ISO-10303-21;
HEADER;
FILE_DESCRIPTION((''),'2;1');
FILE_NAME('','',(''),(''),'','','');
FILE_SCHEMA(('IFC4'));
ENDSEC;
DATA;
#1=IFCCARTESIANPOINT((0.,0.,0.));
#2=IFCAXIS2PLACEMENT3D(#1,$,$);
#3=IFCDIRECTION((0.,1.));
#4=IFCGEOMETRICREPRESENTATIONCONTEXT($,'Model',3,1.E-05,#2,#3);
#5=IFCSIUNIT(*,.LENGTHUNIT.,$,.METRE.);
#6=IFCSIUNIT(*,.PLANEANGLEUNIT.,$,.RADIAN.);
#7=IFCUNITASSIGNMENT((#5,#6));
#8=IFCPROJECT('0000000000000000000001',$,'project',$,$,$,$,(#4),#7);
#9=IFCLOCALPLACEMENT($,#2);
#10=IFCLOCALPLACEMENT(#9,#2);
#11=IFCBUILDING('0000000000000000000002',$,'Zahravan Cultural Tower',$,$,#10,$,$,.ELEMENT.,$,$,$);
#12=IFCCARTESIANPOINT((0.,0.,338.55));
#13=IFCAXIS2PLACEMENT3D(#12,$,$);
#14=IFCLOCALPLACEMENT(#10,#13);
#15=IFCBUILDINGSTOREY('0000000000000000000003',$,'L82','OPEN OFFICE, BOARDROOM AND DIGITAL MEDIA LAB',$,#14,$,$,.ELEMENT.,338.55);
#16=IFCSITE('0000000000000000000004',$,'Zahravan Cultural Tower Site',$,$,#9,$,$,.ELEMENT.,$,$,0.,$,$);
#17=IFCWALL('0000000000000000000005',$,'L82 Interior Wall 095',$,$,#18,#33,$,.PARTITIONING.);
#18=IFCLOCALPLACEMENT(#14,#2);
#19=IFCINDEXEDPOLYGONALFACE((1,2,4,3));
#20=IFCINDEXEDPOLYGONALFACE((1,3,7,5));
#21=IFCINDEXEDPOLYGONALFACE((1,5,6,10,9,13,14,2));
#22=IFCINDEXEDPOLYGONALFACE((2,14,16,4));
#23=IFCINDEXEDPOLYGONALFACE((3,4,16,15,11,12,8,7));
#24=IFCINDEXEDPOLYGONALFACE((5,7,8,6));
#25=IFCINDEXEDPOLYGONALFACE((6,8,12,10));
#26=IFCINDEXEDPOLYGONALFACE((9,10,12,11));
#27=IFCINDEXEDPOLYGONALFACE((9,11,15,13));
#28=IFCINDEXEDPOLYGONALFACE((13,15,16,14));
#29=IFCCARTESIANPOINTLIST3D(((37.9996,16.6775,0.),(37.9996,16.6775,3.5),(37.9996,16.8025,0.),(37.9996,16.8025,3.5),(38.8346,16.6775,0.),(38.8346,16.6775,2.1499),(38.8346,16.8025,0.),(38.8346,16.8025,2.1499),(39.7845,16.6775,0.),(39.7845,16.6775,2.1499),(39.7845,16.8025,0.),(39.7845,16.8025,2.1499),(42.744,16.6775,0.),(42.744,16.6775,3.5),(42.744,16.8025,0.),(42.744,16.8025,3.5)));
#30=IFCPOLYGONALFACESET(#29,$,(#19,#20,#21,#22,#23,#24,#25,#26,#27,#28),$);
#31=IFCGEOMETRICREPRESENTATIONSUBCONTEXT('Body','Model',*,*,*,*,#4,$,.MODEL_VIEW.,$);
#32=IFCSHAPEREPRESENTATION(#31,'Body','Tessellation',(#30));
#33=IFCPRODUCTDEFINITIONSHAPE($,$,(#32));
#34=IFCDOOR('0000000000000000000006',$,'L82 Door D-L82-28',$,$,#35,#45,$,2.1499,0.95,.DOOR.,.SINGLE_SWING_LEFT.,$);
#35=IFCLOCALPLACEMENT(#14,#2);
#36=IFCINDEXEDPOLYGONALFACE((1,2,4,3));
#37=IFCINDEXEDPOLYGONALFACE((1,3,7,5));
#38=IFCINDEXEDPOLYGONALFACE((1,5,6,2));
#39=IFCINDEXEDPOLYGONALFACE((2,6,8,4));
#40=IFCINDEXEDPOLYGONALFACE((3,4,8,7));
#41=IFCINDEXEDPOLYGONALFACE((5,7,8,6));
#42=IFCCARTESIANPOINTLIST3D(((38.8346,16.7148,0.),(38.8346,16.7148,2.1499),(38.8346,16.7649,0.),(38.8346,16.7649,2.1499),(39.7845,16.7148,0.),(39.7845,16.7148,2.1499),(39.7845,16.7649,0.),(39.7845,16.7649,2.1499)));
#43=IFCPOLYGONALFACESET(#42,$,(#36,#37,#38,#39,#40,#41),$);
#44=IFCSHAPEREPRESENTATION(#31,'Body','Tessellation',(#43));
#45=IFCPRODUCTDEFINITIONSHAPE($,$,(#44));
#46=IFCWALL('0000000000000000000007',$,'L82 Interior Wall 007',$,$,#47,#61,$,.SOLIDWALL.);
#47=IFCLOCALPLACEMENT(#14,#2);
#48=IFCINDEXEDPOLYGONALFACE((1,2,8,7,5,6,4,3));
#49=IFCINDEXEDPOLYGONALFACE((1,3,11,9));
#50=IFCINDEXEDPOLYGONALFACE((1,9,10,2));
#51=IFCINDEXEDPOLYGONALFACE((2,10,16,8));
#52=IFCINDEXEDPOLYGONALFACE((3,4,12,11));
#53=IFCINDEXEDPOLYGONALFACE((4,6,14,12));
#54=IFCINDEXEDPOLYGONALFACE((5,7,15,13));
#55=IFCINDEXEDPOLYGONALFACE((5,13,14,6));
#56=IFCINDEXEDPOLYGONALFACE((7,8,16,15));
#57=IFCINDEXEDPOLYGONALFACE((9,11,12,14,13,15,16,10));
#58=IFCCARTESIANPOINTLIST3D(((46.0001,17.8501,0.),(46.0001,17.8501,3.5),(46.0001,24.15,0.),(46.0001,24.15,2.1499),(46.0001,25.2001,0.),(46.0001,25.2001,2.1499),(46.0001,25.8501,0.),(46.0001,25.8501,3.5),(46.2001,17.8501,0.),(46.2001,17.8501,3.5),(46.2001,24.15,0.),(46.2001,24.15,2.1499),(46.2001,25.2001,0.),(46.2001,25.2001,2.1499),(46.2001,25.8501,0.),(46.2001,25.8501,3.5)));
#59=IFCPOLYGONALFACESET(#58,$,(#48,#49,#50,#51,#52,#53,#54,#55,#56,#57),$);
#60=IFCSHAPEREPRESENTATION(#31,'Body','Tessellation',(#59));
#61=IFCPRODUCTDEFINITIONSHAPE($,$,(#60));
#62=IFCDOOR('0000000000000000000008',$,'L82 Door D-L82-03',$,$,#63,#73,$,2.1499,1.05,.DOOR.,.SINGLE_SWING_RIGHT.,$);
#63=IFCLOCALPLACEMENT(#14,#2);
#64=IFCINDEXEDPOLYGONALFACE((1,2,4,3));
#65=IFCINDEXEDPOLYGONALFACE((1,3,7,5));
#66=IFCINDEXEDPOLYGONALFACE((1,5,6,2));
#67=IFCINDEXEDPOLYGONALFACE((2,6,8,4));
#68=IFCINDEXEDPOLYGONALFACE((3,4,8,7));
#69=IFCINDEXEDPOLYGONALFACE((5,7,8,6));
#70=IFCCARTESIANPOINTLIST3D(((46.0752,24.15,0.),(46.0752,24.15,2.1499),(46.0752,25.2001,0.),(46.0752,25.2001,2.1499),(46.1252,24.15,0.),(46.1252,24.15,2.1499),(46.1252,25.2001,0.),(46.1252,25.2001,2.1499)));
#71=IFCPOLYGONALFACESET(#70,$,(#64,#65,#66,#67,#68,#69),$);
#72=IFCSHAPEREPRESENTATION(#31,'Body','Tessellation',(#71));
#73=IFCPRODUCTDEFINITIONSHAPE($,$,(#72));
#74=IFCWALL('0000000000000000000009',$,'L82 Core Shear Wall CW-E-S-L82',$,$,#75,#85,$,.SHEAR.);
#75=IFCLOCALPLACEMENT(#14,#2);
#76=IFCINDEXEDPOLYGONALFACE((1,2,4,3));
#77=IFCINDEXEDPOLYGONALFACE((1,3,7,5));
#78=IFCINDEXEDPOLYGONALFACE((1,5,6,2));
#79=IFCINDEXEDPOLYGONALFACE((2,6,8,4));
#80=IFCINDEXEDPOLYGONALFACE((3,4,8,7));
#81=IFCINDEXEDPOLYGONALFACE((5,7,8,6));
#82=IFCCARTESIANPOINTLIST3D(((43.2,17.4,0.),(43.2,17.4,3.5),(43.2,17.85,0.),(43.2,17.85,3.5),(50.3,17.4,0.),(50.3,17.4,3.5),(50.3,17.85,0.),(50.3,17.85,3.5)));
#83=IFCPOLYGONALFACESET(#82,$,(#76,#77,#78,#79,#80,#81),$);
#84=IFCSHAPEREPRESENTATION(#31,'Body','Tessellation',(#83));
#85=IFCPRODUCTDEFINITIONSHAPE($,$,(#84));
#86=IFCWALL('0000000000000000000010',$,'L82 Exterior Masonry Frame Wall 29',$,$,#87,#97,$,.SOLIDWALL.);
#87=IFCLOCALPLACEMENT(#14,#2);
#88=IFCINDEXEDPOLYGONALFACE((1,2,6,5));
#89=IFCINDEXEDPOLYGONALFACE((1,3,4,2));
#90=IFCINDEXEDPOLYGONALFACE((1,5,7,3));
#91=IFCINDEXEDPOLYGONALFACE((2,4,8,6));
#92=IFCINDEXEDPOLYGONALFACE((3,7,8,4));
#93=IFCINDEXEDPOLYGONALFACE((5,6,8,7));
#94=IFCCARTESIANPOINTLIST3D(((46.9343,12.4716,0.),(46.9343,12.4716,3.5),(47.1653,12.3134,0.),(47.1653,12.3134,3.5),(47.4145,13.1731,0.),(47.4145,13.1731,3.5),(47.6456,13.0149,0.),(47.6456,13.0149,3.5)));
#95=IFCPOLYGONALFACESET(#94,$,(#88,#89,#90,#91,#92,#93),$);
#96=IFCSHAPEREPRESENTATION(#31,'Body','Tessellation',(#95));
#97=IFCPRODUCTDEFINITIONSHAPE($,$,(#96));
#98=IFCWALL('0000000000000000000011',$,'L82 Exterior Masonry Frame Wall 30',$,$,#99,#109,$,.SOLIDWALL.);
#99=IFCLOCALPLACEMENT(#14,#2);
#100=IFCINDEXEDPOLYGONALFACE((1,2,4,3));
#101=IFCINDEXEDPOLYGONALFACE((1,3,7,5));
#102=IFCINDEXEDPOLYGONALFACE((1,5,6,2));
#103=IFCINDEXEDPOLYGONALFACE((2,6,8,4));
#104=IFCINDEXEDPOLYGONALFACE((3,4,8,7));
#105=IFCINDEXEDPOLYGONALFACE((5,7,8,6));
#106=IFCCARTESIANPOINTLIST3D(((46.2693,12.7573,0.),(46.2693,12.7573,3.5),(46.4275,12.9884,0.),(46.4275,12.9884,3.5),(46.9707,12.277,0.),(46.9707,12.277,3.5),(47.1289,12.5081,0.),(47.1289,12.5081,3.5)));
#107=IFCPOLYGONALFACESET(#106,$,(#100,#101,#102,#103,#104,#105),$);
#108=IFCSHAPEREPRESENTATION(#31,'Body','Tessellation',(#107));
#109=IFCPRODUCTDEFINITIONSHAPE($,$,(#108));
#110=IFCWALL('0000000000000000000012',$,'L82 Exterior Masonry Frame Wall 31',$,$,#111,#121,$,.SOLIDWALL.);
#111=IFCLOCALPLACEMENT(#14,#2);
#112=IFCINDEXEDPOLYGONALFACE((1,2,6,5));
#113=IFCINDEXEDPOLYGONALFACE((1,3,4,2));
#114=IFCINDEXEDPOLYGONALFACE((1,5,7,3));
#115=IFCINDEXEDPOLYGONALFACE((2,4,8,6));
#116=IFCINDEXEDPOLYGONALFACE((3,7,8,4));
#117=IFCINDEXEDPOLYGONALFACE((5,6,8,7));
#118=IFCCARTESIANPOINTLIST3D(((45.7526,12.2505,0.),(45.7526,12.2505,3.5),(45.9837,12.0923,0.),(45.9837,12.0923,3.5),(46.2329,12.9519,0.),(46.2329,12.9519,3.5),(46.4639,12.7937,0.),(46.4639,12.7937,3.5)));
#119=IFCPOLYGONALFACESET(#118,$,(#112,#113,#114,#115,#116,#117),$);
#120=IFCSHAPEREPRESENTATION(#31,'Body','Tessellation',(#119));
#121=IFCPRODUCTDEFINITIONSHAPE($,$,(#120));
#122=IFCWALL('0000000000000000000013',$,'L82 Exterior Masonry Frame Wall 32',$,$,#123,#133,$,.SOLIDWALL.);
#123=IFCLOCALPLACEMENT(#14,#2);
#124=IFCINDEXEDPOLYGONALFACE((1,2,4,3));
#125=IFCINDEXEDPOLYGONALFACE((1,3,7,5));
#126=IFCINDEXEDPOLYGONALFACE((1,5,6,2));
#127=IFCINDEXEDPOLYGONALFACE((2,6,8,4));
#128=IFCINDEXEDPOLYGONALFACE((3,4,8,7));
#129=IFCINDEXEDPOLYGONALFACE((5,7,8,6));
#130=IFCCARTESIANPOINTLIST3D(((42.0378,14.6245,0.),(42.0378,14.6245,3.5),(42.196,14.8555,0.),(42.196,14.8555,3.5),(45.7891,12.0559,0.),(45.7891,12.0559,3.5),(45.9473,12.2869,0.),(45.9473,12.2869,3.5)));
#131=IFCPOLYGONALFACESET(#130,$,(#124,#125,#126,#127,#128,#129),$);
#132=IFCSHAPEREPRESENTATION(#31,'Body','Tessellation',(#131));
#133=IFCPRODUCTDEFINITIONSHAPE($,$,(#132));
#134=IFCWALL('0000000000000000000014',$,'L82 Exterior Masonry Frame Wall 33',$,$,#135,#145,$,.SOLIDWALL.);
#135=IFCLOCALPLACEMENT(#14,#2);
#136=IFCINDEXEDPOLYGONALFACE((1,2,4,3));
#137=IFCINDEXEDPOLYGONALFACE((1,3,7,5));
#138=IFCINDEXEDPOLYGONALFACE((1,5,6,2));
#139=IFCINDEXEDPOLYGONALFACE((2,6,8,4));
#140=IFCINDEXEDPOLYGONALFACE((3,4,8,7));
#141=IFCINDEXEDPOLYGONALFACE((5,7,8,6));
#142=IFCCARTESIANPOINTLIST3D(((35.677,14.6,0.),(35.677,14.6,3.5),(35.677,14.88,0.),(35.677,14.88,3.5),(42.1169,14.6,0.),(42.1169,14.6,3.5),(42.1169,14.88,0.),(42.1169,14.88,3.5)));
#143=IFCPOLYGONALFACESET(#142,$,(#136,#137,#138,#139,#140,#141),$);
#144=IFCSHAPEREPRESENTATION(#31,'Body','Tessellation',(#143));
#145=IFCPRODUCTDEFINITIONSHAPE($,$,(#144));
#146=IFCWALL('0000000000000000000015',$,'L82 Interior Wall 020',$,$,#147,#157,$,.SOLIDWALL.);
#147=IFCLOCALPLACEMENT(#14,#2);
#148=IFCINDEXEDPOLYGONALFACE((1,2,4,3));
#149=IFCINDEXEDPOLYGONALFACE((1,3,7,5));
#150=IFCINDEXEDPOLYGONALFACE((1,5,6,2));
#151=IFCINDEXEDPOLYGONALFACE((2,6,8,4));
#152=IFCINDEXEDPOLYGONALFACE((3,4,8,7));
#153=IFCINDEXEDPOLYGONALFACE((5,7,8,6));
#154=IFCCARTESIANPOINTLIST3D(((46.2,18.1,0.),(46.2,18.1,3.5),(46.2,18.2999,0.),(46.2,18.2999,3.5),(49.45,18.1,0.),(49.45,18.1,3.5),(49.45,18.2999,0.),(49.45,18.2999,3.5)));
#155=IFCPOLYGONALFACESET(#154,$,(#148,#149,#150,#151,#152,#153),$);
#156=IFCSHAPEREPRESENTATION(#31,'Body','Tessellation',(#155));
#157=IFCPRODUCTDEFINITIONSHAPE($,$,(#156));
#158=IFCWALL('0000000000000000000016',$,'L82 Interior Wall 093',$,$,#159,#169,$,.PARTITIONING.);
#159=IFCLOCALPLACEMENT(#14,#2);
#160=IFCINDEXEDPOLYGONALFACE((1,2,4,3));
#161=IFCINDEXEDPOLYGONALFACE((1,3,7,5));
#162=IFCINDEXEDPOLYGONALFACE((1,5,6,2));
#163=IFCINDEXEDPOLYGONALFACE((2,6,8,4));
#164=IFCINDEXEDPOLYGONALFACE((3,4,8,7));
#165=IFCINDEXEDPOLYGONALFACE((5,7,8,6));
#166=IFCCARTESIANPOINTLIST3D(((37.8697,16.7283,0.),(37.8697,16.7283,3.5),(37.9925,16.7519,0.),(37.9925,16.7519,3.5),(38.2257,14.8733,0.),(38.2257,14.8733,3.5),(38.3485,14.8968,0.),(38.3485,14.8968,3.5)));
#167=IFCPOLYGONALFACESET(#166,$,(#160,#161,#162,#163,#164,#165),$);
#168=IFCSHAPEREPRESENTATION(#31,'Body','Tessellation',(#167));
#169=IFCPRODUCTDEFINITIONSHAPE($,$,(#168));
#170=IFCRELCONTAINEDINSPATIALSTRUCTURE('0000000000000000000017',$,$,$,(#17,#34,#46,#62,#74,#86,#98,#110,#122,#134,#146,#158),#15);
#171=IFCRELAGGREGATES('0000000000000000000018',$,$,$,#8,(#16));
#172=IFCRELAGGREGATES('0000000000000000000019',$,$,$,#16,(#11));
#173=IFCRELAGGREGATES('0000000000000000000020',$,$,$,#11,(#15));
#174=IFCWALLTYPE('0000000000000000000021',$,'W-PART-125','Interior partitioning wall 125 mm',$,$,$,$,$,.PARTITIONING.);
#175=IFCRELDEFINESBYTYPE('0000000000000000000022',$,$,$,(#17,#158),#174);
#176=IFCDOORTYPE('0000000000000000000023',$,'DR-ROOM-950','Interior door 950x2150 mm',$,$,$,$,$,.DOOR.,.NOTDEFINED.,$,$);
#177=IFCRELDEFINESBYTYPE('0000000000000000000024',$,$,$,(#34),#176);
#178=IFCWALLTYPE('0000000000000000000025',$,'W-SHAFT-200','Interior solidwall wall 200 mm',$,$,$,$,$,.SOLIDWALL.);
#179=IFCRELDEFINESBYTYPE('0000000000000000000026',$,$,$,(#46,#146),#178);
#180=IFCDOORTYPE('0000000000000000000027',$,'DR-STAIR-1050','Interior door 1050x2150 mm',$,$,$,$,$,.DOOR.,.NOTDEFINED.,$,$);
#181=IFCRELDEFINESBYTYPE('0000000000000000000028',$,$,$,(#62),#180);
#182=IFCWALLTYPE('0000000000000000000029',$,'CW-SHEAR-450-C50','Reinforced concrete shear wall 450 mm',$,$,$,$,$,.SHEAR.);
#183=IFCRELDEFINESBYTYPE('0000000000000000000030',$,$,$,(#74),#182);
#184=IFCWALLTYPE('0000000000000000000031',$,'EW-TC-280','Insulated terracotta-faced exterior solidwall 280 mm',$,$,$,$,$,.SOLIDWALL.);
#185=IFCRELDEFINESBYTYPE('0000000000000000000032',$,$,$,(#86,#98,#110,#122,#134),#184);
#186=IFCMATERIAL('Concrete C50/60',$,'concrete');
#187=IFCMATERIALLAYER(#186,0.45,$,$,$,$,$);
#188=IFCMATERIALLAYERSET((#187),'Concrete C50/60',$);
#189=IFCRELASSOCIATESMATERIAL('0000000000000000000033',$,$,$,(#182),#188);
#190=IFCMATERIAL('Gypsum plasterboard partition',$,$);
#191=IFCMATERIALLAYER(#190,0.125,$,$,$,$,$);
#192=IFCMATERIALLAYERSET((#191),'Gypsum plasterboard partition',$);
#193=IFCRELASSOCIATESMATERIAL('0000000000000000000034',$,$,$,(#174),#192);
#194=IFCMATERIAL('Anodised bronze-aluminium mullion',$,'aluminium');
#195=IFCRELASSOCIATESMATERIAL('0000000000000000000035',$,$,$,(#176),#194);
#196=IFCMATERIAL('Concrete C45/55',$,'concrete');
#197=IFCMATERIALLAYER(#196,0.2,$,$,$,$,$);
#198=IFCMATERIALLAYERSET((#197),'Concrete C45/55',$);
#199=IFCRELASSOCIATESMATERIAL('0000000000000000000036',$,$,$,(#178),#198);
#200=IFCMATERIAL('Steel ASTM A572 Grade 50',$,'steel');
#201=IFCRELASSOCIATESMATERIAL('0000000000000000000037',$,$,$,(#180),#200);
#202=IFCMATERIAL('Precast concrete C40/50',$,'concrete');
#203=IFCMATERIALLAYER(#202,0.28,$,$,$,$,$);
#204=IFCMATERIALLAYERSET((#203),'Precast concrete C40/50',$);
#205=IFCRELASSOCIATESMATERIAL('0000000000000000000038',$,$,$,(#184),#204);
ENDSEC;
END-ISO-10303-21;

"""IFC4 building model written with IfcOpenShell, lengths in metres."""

from ifc_helpers import new_model, si_unit, direction, frame, frame_2d, origin, place, context, subcontext, project, spatial, rectangle, extrude, source, transform, mapped, material, layer, layer_set, type_object, element, fill, save


model = new_model("IFC4")

# Units and contexts
model_context = context("Model", 3, precision=1e-05, world=origin(), true_north=direction((0.0, 1.0)))
body_context = subcontext(model_context, "Body", "Model", "MODEL_VIEW")
ifc_project = project(units=[si_unit("LENGTHUNIT", "METRE"), si_unit("PLANEANGLEUNIT", "RADIAN")], contexts=[model_context])

# Site, building, storey
site_placement = place(None, origin())
site = spatial("IfcSite", under=ifc_project, at=site_placement, Name="Zahravan Cultural Tower Site", CompositionType="ELEMENT", RefElevation=0.0)
building_placement = place(site_placement, origin())
building = spatial("IfcBuilding", under=site, at=building_placement, Name="Zahravan Cultural Tower", CompositionType="ELEMENT")
storey_placement = place(building_placement, frame((0.0, 0.0, 338.55)))
storey = spatial("IfcBuildingStorey", under=building, at=storey_placement, Name="L82", Description="OPEN OFFICE, BOARDROOM AND DIGITAL MEDIA LAB", CompositionType="ELEMENT", Elevation=338.55)

# Shared definitions
ifc_material_1 = material(Name="Concrete C50/60", Category="concrete")

# Shared definitions
ifc_layer_1 = layer(ifc_material_1, 0.45)
ifc_layer_set_1 = layer_set([ifc_layer_1], Name="Concrete C50/60")
wall_type_1 = type_object("IfcWallType", Name="CW-SHEAR-450-C50", Description="Reinforced concrete shear wall 450 mm", PredefinedType="SHEAR", material=ifc_layer_set_1)
ifc_material_2 = material(Name="Steel ASTM A572 Grade 50", Category="steel")

# Walls, openings, doors
ifc_material_3 = material(Name="Gypsum plasterboard partition")
ifc_layer_2 = layer(ifc_material_3, 0.125)
ifc_layer_set_2 = layer_set([ifc_layer_2], Name="Gypsum plasterboard partition")
wall_type_2 = type_object("IfcWallType", Name="W-PART-125", Description="Interior partitioning wall 125 mm", PredefinedType="PARTITIONING", material=ifc_layer_set_2)
wall_1_placement = place(storey_placement, frame((37.9998, 16.74, 0.0), z_axis=(0.0, 0.0, 1.0), x_axis=(1.0, 0.0, 0.0)))
wall_1 = element("IfcWall", 1, at=wall_1_placement, inside=storey, type_object=wall_type_2, Name="L82 Interior Wall 095", PredefinedType="PARTITIONING", context=body_context, shape_type="SweptSolid", body=[
    extrude(rectangle(XDim=4.7444, YDim=0.125, at=frame_2d((2.3721, 0.0))), origin(), (0.0, 0.0, 1.0), 3.5),
])
opening_1_placement = place(wall_1_placement, frame((0.8347, 0.0, 0.0)))
opening_1 = element("IfcOpeningElement", 2, at=opening_1_placement, cuts=wall_1, PredefinedType="OPENING", context=body_context, shape_type="SweptSolid", body=[
    extrude(rectangle(XDim=0.95, YDim=2.1499, at=frame_2d((0.4751, 1.075))), frame((0.0, 0.0725, 0.0), z_axis=(0.0, -1.0, 0.0), x_axis=(1.0, 0.0, 0.0)), (0.0, 0.0, 1.0), 0.145),
])
ifc_material_4 = material(Name="Anodised bronze-aluminium mullion", Category="aluminium")
door_type_1 = type_object("IfcDoorType", Name="DR-ROOM-950", Description="Interior door 950x2150 mm", OperationType="NOTDEFINED", PredefinedType="DOOR", material=ifc_material_4)
shared_shape_1 = source(origin(), body_context, "Body", "SweptSolid", [
    extrude(rectangle(XDim=0.95, YDim=2.1499, at=frame_2d((0.4751, 1.075))), frame((0.0, 0.0249, 0.0), z_axis=(0.0, -1.0, 0.0), x_axis=(1.0, 0.0, 0.0)), (0.0, 0.0, 1.0), 0.05),
])
door_1_placement = place(opening_1_placement, origin())
door_1 = element("IfcDoor", 3, at=door_1_placement, inside=storey, type_object=door_type_1, Name="L82 Door D-L82-28", OperationType="SINGLE_SWING_LEFT", OverallHeight=2.1499, OverallWidth=0.95, PredefinedType="DOOR", context=body_context, shape_type="MappedRepresentation", body=[
    mapped(shared_shape_1, transform((0.0, 0.0, 0.0), x_axis=(1.0, 0.0, 0.0), y_axis=(0.0, 1.0, 0.0), z_axis=(0.0, 0.0, 1.0), scale=1.0)),
])
fill(opening_1, door_1)
ifc_material_5 = material(Name="Concrete C45/55", Category="concrete")
ifc_layer_3 = layer(ifc_material_5, 0.2)
ifc_layer_set_3 = layer_set([ifc_layer_3], Name="Concrete C45/55")
wall_type_3 = type_object("IfcWallType", Name="W-SHAFT-200", Description="Interior solidwall wall 200 mm", PredefinedType="SOLIDWALL", material=ifc_layer_set_3)
wall_2_placement = place(storey_placement, frame((46.1001, 17.8501, 0.0), z_axis=(0.0, 0.0, 1.0), x_axis=(0.0, 1.0, 0.0)))
wall_2 = element("IfcWall", 4, at=wall_2_placement, inside=storey, type_object=wall_type_3, Name="L82 Interior Wall 007", PredefinedType="SOLIDWALL", context=body_context, shape_type="SweptSolid", body=[
    extrude(rectangle(XDim=8.0, YDim=0.2, at=frame_2d((4.0, 0.0))), origin(), (0.0, 0.0, 1.0), 3.5),
])
opening_2_placement = place(wall_2_placement, frame((6.3, 0.0, 0.0)))
opening_2 = element("IfcOpeningElement", 5, at=opening_2_placement, cuts=wall_2, PredefinedType="OPENING", context=body_context, shape_type="SweptSolid", body=[
    extrude(rectangle(XDim=1.05, YDim=2.1499, at=frame_2d((0.5249, 1.075))), frame((0.0, 0.1099, 0.0), z_axis=(0.0, -1.0, 0.0), x_axis=(1.0, 0.0, 0.0)), (0.0, 0.0, 1.0), 0.22),
])
door_type_2 = type_object("IfcDoorType", Name="DR-STAIR-1050", Description="Interior door 1050x2150 mm", OperationType="NOTDEFINED", PredefinedType="DOOR", material=ifc_material_2)
shared_shape_2 = source(origin(), body_context, "Body", "SweptSolid", [
    extrude(rectangle(XDim=1.05, YDim=2.1499, at=frame_2d((0.5249, 1.075))), frame((0.0, 0.0249, 0.0), z_axis=(0.0, -1.0, 0.0), x_axis=(1.0, 0.0, 0.0)), (0.0, 0.0, 1.0), 0.05),
])
door_2_placement = place(opening_2_placement, origin())
door_2 = element("IfcDoor", 6, at=door_2_placement, inside=storey, type_object=door_type_2, Name="L82 Door D-L82-03", OperationType="SINGLE_SWING_RIGHT", OverallHeight=2.1499, OverallWidth=1.05, PredefinedType="DOOR", context=body_context, shape_type="MappedRepresentation", body=[
    mapped(shared_shape_2, transform((0.0, 0.0, 0.0), x_axis=(1.0, 0.0, 0.0), y_axis=(0.0, 1.0, 0.0), z_axis=(0.0, 0.0, 1.0), scale=1.0)),
])
fill(opening_2, door_2)

# Walls
shared_shape_3 = source(origin(), body_context, "Body", "SweptSolid", [
    extrude(rectangle(XDim=7.1001, YDim=0.45, at=frame_2d((3.55, 0.0))), origin(), (0.0, 0.0, 1.0), 3.5),
])
wall_3_placement = place(storey_placement, frame((43.2, 17.625, 0.0), z_axis=(0.0, 0.0, 1.0), x_axis=(1.0, 0.0, 0.0)))
element("IfcWall", 7, at=wall_3_placement, inside=storey, type_object=wall_type_1, Name="L82 Core Shear Wall CW-E-S-L82", PredefinedType="SHEAR", context=body_context, shape_type="MappedRepresentation", body=[
    mapped(shared_shape_3, transform((0.0, 0.0, 0.0), x_axis=(1.0, 0.0, 0.0), y_axis=(0.0, 1.0, 0.0), z_axis=(0.0, 0.0, 1.0), scale=1.0)),
])
ifc_material_6 = material(Name="Precast concrete C40/50", Category="concrete")
ifc_layer_4 = layer(ifc_material_6, 0.28)
ifc_layer_set_4 = layer_set([ifc_layer_4], Name="Precast concrete C40/50")
wall_type_4 = type_object("IfcWallType", Name="EW-TC-280", Description="Insulated terracotta-faced exterior solidwall 280 mm", PredefinedType="SOLIDWALL", material=ifc_layer_set_4)
shared_shape_4 = source(origin(), body_context, "Body", "SweptSolid", [
    extrude(rectangle(XDim=0.8501, YDim=0.28, at=frame_2d((0.425, 0.0))), origin(), (0.0, 0.0, 1.0), 3.5),
])
for number, where, z_axis, x_axis, name in (
    (8, (47.53, 13.094, 0.0), (0.0, 0.0, 1.0), (-0.564931, -0.825138, 0.0), "L82 Exterior Masonry Frame Wall 29"),
    (9, (47.0498, 12.3926, 0.0), (0.0, 0.0, 1.0), (-0.825138, 0.564931, 0.0), "L82 Exterior Masonry Frame Wall 30"),
    (10, (46.3484, 12.8728, 0.0), (0.0, 0.0, 1.0), (-0.564931, -0.825138, 0.0), "L82 Exterior Masonry Frame Wall 31"),
):
    element("IfcWall", number, at=place(storey_placement, frame(where, z_axis=z_axis, x_axis=x_axis)), inside=storey, type_object=wall_type_4, Name=name, PredefinedType="SOLIDWALL", context=body_context, shape_type="MappedRepresentation", body=[
        mapped(shared_shape_4, transform((0.0, 0.0, 0.0), x_axis=(1.0, 0.0, 0.0), y_axis=(0.0, 1.0, 0.0), z_axis=(0.0, 0.0, 1.0), scale=1.0)),
    ])
shared_shape_5 = source(origin(), body_context, "Body", "SweptSolid", [
    extrude(rectangle(XDim=4.5464, YDim=0.28, at=frame_2d((2.2732, 0.0))), origin(), (0.0, 0.0, 1.0), 3.5),
])
wall_4_placement = place(storey_placement, frame((45.8682, 12.1714, 0.0), z_axis=(0.0, 0.0, 1.0), x_axis=(-0.825104, 0.56498, 0.0)))
element("IfcWall", 11, at=wall_4_placement, inside=storey, type_object=wall_type_4, Name="L82 Exterior Masonry Frame Wall 32", PredefinedType="SOLIDWALL", context=body_context, shape_type="MappedRepresentation", body=[
    mapped(shared_shape_5, transform((0.0, 0.0, 0.0), x_axis=(1.0, 0.0, 0.0), y_axis=(0.0, 1.0, 0.0), z_axis=(0.0, 0.0, 1.0), scale=1.0)),
])
shared_shape_6 = source(origin(), body_context, "Body", "SweptSolid", [
    extrude(rectangle(XDim=6.4399, YDim=0.28, at=frame_2d((3.22, 0.0))), origin(), (0.0, 0.0, 1.0), 3.5),
])
wall_5_placement = place(storey_placement, frame((42.1169, 14.74, 0.0), z_axis=(0.0, 0.0, 1.0), x_axis=(-1.0, 0.0, 0.0)))
element("IfcWall", 12, at=wall_5_placement, inside=storey, type_object=wall_type_4, Name="L82 Exterior Masonry Frame Wall 33", PredefinedType="SOLIDWALL", context=body_context, shape_type="MappedRepresentation", body=[
    mapped(shared_shape_6, transform((0.0, 0.0, 0.0), x_axis=(1.0, 0.0, 0.0), y_axis=(0.0, 1.0, 0.0), z_axis=(0.0, 0.0, 1.0), scale=1.0)),
])
shared_shape_7 = source(origin(), body_context, "Body", "SweptSolid", [
    extrude(rectangle(XDim=3.25, YDim=0.2, at=frame_2d((1.625, 0.0))), origin(), (0.0, 0.0, 1.0), 3.5),
])
wall_6_placement = place(storey_placement, frame((46.2, 18.2, 0.0), z_axis=(0.0, 0.0, 1.0), x_axis=(1.0, 0.0, 0.0)))
element("IfcWall", 13, at=wall_6_placement, inside=storey, type_object=wall_type_3, Name="L82 Interior Wall 020", PredefinedType="SOLIDWALL", context=body_context, shape_type="MappedRepresentation", body=[
    mapped(shared_shape_7, transform((0.0, 0.0, 0.0), x_axis=(1.0, 0.0, 0.0), y_axis=(0.0, 1.0, 0.0), z_axis=(0.0, 0.0, 1.0), scale=1.0)),
])
shared_shape_8 = source(origin(), body_context, "Body", "SweptSolid", [
    extrude(rectangle(XDim=1.8889, YDim=0.125, at=frame_2d((0.9443, 0.0))), origin(), (0.0, 0.0, 1.0), 3.5),
])
wall_7_placement = place(storey_placement, frame((37.9312, 16.74, 0.0), z_axis=(0.0, 0.0, 1.0), x_axis=(0.188454, -0.982082, 0.0)))
element("IfcWall", 14, at=wall_7_placement, inside=storey, type_object=wall_type_2, Name="L82 Interior Wall 093", PredefinedType="PARTITIONING", context=body_context, shape_type="MappedRepresentation", body=[
    mapped(shared_shape_8, transform((0.0, 0.0, 0.0), x_axis=(1.0, 0.0, 0.0), y_axis=(0.0, 1.0, 0.0), z_axis=(0.0, 0.0, 1.0), scale=1.0)),
])

save(model, "model.ifc")
